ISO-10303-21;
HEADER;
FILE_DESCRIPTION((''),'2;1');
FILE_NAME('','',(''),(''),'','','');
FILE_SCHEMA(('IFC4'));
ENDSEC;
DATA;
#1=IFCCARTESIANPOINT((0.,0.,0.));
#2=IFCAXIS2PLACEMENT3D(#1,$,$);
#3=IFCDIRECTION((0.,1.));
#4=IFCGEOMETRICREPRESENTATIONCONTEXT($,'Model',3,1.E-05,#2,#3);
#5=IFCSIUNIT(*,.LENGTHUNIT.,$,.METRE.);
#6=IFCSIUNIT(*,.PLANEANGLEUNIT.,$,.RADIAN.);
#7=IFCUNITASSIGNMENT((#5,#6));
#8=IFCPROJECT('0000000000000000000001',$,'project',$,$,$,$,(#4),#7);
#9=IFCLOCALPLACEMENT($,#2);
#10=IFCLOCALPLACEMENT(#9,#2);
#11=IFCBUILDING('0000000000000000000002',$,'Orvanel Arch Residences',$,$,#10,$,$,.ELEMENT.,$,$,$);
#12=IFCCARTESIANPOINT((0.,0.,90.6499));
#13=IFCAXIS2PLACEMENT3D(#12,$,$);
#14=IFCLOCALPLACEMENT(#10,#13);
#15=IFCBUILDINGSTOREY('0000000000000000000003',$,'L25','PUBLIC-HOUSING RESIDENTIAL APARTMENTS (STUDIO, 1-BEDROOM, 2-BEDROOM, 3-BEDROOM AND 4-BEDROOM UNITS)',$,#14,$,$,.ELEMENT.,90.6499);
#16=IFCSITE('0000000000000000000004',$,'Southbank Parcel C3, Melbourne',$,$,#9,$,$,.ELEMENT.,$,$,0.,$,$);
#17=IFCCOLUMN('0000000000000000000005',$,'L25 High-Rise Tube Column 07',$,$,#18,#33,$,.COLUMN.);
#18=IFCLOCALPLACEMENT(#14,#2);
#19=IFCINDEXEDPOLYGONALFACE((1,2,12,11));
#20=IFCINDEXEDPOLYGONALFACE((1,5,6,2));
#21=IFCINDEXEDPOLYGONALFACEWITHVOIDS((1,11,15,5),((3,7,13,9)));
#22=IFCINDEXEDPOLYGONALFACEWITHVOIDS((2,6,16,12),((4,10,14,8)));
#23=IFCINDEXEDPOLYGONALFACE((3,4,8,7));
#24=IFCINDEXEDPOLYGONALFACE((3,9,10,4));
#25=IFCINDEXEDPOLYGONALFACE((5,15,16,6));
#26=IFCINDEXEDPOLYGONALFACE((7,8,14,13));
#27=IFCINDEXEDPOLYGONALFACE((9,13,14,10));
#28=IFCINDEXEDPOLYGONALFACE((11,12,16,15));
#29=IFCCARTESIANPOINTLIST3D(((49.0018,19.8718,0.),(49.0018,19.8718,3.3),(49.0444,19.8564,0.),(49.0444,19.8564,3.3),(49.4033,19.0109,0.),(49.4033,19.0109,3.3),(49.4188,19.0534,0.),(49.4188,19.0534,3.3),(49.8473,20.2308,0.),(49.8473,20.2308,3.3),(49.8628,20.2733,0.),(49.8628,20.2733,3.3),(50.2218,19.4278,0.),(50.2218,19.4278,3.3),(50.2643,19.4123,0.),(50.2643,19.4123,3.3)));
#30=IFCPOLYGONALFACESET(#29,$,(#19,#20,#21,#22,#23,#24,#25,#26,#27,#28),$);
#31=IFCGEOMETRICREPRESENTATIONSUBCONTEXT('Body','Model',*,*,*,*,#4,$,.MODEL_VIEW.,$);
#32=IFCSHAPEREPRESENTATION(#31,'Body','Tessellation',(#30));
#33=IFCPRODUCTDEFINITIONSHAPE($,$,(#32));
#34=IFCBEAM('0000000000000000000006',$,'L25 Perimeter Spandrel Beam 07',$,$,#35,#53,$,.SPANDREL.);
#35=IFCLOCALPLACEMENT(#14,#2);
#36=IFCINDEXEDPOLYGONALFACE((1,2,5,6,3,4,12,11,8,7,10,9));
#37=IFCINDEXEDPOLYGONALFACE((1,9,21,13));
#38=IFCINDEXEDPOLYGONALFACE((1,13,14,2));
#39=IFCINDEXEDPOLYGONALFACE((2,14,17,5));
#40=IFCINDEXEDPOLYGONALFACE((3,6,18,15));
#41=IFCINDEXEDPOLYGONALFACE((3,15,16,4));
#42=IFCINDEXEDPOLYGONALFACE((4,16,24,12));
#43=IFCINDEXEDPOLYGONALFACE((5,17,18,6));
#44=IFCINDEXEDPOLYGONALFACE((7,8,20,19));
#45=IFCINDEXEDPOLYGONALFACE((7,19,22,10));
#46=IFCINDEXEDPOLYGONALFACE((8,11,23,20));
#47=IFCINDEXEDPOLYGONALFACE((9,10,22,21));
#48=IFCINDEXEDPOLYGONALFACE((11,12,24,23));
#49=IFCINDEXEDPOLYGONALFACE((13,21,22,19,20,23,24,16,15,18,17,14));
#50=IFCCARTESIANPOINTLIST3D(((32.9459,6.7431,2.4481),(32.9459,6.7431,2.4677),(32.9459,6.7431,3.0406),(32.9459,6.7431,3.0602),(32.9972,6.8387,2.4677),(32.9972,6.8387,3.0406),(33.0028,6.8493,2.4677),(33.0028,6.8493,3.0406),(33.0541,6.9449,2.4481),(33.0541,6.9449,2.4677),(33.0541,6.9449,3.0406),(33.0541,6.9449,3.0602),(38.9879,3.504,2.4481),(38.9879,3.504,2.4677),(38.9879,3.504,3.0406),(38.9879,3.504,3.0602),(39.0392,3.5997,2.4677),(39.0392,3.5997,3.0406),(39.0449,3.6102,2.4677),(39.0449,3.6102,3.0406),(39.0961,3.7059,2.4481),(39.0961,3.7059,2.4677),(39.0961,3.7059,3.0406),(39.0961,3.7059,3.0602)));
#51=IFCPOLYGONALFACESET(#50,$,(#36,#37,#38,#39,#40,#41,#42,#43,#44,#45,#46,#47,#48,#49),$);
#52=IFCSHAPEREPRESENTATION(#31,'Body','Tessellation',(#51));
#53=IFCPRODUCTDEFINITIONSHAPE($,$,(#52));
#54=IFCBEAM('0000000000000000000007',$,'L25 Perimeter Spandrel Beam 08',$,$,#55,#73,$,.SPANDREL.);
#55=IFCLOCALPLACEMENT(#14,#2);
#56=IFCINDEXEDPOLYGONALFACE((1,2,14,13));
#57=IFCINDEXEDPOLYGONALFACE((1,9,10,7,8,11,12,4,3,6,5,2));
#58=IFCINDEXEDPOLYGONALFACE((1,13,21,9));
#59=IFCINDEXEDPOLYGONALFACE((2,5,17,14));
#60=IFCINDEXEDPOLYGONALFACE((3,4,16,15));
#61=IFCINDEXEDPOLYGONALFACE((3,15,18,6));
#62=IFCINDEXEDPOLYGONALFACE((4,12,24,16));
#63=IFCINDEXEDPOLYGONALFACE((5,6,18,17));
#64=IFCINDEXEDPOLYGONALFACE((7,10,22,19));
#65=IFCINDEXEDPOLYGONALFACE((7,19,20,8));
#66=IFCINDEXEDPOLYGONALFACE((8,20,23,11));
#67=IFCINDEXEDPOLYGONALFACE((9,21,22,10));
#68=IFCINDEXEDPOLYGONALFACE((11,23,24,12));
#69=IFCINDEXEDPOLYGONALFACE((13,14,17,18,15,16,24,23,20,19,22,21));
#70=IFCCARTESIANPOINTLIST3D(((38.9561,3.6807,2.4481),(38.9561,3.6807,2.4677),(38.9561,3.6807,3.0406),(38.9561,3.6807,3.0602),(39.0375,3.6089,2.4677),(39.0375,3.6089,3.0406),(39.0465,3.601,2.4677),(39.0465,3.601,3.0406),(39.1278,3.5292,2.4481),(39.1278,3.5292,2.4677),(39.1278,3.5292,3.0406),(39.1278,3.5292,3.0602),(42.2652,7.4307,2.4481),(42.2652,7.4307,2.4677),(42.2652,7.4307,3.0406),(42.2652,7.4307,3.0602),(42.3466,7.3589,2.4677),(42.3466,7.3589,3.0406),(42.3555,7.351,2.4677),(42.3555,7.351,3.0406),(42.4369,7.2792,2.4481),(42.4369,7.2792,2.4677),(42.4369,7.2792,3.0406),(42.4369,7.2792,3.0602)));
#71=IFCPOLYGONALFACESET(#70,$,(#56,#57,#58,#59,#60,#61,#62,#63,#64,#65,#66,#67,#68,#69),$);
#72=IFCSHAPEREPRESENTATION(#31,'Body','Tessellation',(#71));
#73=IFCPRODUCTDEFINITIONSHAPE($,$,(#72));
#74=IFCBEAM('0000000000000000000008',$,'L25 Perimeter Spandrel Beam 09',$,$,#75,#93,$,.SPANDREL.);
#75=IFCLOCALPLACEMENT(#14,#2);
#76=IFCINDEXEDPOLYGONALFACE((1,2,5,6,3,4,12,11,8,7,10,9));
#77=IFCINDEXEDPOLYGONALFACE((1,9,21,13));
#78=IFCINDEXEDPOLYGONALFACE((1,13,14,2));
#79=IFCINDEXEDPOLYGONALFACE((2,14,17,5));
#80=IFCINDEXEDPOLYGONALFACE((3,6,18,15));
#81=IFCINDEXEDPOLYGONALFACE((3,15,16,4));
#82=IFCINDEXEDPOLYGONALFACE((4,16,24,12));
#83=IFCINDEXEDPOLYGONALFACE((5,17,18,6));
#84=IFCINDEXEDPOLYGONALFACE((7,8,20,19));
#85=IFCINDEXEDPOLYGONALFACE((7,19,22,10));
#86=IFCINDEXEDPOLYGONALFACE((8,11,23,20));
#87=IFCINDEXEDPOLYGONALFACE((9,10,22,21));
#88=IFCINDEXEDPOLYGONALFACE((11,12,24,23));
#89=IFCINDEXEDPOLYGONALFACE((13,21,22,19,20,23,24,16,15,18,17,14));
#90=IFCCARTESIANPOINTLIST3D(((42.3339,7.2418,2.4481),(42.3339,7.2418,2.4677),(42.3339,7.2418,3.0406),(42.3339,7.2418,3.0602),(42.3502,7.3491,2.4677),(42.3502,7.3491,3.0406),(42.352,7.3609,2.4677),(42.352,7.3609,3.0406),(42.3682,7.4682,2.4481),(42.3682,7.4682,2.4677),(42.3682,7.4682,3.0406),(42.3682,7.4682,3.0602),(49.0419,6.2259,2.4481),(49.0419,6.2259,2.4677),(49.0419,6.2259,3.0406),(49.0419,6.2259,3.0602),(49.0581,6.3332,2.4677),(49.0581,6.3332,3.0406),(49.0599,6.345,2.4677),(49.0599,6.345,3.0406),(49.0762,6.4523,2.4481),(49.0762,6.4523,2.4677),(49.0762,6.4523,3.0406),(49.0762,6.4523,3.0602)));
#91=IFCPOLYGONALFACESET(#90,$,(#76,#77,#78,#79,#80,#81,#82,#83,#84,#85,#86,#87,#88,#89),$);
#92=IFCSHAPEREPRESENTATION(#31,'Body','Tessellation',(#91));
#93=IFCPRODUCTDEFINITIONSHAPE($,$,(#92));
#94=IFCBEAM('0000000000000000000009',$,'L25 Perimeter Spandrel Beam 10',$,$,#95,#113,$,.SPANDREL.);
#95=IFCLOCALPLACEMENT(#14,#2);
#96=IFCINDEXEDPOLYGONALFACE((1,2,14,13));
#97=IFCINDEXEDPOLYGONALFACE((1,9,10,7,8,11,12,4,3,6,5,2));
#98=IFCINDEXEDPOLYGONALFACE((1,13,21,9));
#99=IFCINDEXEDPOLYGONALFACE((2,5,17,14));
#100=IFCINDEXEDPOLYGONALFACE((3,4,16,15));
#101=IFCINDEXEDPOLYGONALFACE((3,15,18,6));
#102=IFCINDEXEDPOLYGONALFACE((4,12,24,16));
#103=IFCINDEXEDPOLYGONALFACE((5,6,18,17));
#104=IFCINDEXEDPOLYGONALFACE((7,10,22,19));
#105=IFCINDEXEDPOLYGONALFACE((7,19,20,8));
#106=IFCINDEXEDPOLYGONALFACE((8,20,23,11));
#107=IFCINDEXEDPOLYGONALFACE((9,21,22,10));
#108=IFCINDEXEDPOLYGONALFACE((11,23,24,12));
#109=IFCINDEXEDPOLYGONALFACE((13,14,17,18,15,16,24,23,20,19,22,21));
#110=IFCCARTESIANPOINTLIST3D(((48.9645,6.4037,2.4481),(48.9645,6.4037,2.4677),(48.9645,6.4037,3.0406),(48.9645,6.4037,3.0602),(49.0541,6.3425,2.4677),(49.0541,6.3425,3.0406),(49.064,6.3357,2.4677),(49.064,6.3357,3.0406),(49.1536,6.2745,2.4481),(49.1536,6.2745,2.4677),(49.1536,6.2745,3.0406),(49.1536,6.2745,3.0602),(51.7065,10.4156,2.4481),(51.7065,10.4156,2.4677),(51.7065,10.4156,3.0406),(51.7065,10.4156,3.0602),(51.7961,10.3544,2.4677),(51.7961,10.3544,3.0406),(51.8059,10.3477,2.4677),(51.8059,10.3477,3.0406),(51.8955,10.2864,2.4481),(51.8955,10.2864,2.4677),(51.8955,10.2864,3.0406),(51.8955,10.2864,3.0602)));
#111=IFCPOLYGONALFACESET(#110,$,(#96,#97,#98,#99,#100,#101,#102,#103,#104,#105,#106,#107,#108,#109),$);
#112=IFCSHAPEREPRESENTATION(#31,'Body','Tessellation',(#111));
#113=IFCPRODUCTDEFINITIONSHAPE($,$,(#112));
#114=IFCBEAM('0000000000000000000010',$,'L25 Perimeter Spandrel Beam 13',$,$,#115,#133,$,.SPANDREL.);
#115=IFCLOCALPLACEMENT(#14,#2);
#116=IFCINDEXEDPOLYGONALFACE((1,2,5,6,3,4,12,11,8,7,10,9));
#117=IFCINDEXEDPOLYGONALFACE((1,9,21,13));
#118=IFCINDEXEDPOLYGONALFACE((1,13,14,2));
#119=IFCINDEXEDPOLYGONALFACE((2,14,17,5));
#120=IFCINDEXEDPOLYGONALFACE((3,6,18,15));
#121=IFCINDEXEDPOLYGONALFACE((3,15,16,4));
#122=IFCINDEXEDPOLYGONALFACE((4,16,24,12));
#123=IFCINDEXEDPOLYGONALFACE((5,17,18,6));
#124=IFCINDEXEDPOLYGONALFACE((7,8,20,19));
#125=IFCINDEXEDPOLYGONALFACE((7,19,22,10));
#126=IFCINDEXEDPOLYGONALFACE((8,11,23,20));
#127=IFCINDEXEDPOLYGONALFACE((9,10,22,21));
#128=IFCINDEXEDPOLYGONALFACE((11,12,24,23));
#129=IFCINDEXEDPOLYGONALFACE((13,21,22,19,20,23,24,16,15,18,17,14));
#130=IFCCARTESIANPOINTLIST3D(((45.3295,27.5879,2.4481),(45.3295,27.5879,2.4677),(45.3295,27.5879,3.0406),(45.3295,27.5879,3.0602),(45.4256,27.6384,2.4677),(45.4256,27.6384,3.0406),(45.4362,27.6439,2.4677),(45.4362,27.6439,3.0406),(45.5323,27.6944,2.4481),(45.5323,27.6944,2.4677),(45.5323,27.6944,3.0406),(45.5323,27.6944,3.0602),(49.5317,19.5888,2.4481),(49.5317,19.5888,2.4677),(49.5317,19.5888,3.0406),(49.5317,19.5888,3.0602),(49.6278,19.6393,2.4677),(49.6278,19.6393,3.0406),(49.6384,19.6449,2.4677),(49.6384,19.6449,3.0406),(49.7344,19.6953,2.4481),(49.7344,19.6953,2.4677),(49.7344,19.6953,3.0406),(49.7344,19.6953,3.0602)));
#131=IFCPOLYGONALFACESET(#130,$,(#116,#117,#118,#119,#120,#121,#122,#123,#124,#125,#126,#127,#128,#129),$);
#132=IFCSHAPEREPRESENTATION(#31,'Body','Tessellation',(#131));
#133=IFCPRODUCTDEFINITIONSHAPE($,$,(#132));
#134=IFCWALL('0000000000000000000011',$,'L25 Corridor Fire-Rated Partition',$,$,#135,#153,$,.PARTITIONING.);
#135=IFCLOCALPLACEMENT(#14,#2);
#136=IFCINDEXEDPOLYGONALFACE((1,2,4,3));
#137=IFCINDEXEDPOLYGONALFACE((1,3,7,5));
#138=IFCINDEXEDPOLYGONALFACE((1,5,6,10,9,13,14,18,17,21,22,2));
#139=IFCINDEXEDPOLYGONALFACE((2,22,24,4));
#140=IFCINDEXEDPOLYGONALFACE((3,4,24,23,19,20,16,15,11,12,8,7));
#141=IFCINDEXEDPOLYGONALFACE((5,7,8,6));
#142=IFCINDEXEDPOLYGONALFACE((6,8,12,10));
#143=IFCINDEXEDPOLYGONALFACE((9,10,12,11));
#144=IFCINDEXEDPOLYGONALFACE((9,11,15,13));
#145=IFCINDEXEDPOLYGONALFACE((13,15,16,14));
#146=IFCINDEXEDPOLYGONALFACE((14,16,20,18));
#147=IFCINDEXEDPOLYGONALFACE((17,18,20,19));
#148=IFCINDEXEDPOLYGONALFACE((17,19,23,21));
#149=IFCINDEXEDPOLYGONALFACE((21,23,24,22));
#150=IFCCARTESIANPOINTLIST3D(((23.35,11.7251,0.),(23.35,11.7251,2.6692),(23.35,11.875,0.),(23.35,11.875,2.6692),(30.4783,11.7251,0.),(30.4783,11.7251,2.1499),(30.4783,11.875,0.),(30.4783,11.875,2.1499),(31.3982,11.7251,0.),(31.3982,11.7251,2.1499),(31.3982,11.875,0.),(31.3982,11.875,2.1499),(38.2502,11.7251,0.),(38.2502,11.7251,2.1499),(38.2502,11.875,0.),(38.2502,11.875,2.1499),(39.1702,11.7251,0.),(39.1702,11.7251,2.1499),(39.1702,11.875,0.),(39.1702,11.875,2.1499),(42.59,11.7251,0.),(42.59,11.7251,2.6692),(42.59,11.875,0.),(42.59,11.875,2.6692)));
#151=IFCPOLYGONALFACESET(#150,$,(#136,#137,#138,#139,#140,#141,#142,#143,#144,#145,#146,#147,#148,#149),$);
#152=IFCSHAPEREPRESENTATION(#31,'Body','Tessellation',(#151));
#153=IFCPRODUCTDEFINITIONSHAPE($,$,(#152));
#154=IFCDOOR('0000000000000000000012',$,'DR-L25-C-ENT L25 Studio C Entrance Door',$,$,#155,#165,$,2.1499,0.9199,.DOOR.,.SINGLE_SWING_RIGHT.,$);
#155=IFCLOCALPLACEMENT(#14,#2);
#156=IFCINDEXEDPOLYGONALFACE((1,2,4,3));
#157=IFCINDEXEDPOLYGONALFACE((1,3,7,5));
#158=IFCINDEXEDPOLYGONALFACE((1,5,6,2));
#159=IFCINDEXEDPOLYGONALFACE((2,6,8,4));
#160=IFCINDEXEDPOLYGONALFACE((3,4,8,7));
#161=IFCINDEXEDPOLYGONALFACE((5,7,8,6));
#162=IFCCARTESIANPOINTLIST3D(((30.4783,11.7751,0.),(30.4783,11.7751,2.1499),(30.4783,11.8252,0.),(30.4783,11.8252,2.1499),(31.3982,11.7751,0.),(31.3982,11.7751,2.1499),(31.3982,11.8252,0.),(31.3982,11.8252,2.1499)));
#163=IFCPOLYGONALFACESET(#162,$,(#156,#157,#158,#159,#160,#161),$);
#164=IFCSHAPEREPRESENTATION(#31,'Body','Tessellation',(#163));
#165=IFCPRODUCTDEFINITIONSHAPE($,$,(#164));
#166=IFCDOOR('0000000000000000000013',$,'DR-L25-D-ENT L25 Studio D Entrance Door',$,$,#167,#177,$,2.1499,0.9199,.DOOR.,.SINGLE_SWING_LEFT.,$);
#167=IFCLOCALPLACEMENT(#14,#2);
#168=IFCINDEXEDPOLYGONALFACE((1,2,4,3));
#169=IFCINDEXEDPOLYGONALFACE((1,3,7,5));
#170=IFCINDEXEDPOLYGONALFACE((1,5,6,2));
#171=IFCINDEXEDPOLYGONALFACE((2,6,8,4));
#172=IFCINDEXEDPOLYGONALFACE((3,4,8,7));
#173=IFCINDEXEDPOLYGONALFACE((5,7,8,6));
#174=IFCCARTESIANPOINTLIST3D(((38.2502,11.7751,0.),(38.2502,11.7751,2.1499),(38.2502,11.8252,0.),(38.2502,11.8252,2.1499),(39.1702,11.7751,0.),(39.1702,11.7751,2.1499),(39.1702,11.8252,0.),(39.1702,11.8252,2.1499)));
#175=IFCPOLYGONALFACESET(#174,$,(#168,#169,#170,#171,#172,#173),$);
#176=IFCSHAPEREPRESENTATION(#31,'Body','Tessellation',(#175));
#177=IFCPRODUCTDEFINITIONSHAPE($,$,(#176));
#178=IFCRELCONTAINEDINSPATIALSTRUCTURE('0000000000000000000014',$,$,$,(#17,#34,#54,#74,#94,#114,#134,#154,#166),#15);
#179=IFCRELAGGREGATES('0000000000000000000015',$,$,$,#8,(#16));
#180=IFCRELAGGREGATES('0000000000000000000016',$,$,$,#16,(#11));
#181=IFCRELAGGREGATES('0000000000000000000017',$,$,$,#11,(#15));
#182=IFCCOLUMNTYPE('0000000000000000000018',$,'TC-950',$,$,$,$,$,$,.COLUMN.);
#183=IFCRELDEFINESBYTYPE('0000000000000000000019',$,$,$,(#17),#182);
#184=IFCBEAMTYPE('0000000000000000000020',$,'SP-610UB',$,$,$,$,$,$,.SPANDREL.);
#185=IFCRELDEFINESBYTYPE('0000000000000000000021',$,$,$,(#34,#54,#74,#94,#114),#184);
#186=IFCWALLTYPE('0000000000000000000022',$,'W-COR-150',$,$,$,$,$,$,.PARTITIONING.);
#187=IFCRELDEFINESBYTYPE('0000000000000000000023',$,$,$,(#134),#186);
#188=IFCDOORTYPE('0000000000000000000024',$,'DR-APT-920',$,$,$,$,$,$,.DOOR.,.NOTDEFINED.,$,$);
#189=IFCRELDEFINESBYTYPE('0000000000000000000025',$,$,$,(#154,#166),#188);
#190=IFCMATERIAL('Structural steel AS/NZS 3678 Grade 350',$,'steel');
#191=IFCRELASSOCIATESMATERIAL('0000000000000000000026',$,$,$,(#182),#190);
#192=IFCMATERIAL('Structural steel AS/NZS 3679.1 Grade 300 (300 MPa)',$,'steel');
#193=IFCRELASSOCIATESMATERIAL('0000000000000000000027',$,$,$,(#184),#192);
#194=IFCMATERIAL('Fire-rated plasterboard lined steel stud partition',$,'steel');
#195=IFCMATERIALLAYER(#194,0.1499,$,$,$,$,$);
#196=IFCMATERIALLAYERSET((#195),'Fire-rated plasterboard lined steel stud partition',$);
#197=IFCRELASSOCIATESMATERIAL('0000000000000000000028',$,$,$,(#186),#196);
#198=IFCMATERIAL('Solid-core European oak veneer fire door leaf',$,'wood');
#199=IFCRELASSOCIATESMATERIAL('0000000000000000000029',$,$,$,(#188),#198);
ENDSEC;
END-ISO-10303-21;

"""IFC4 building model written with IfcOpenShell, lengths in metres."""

from ifc_helpers import new_model, si_unit, direction, frame, frame_2d, origin, origin_2d, place, context, subcontext, project, spatial, rectangle, hollow_rectangle, i_section, extrude, material, layer, layer_set, material_profile, profile_set, type_object, element, fill, save


model = new_model("IFC4")

# Units and contexts
model_context = context("Model", 3, precision=1e-05, world=origin(), true_north=direction((0.0, 1.0)))
body_context = subcontext(model_context, "Body", "Model", "MODEL_VIEW")
ifc_project = project(units=[si_unit("LENGTHUNIT", "METRE"), si_unit("PLANEANGLEUNIT", "RADIAN")], contexts=[model_context])

# Site, building, storey
site_placement = place(None, origin())
site = spatial("IfcSite", under=ifc_project, at=site_placement, Name="Southbank Parcel C3, Melbourne", CompositionType="ELEMENT", RefElevation=0.0)
building_placement = place(site_placement, origin())
building = spatial("IfcBuilding", under=site, at=building_placement, Name="Orvanel Arch Residences", CompositionType="ELEMENT")
storey_placement = place(building_placement, frame((0.0, 0.0, 90.6499)))
storey = spatial("IfcBuildingStorey", under=building, at=storey_placement, Name="L25", Description="PUBLIC-HOUSING RESIDENTIAL APARTMENTS (STUDIO, 1-BEDROOM, 2-BEDROOM, 3-BEDROOM AND 4-BEDROOM UNITS)", CompositionType="ELEMENT", Elevation=90.6499)

# Column
ifc_material_1 = material(Name="Structural steel AS/NZS 3678 Grade 350", Category="steel")
ifc_material_profile_1 = material_profile(ifc_material_1, hollow_rectangle(XDim=0.95, YDim=0.95, WallThickness=0.032, at=origin_2d()), Name="BOX950x950x32")
ifc_profile_set_1 = profile_set([ifc_material_profile_1], Name="Structural steel AS/NZS 3678 Grade 350")
column_type_1 = type_object("IfcColumnType", Name="TC-950", PredefinedType="COLUMN", material=ifc_profile_set_1)
for number, where, z_axis, x_axis, name in (
    (1, (49.6331, 19.6421, 0.0), (0.0, 0.0, 1.0), (-0.422618, 0.906308, 0.0), "L25 High-Rise Tube Column 07"),
):
    element("IfcColumn", number, at=place(storey_placement, frame(where, z_axis=z_axis, x_axis=x_axis)), inside=storey, type_object=column_type_1, Name=name, PredefinedType="COLUMN", context=body_context, shape_type="SweptSolid", body=[
        extrude(hollow_rectangle(XDim=0.95, YDim=0.95, WallThickness=0.032, at=origin_2d()), origin(), (0.0, 0.0, 1.0), 3.3),
    ])

# Beams
ifc_material_2 = material(Name="Structural steel AS/NZS 3679.1 Grade 300 (300 MPa)", Category="steel")
ifc_material_profile_2 = material_profile(ifc_material_2, i_section(OverallWidth=0.229, OverallDepth=0.6121, WebThickness=0.012, FlangeThickness=0.0195, at=origin_2d()), Name="610UB125")
ifc_profile_set_2 = profile_set([ifc_material_profile_2], Name="Structural steel AS/NZS 3679.1 Grade 300 (300 MPa)")
beam_type = type_object("IfcBeamType", Name="SP-610UB", PredefinedType="SPANDREL", material=ifc_profile_set_2)
beam_1_placement = place(storey_placement, frame((33.0, 6.844, 2.7542), z_axis=(0.881344, -0.472474, 0.0), x_axis=(0.472474, 0.881344, 0.0)))
element("IfcBeam", 2, at=beam_1_placement, inside=storey, type_object=beam_type, Name="L25 Perimeter Spandrel Beam 07", PredefinedType="SPANDREL", context=body_context, shape_type="SweptSolid", body=[
    extrude(i_section(OverallWidth=0.229, OverallDepth=0.6121, WebThickness=0.012, FlangeThickness=0.0195, at=origin_2d()), origin(), (0.0, 0.0, 1.0), 6.8555),
])
beam_2_placement = place(storey_placement, frame((39.042, 3.605, 2.7542), z_axis=(0.661651, 0.749812, 0.0), x_axis=(-0.749812, 0.661651, 0.0)))
element("IfcBeam", 3, at=beam_2_placement, inside=storey, type_object=beam_type, Name="L25 Perimeter Spandrel Beam 08", PredefinedType="SPANDREL", context=body_context, shape_type="SweptSolid", body=[
    extrude(i_section(OverallWidth=0.229, OverallDepth=0.6121, WebThickness=0.012, FlangeThickness=0.0195, at=origin_2d()), origin(), (0.0, 0.0, 1.0), 5.0012),
])
beam_3_placement = place(storey_placement, frame((42.3511, 7.355, 2.7542), z_axis=(0.988726, -0.149734, 0.0), x_axis=(0.149734, 0.988726, 0.0)))
element("IfcBeam", 4, at=beam_3_placement, inside=storey, type_object=beam_type, Name="L25 Perimeter Spandrel Beam 09", PredefinedType="SPANDREL", context=body_context, shape_type="SweptSolid", body=[
    extrude(i_section(OverallWidth=0.229, OverallDepth=0.6121, WebThickness=0.012, FlangeThickness=0.0195, at=origin_2d()), origin(), (0.0, 0.0, 1.0), 6.7844),
])
beam_4_placement = place(storey_placement, frame((49.0591, 6.3391, 2.7542), z_axis=(0.564252, 0.825603, 0.0), x_axis=(-0.825603, 0.564252, 0.0)))
element("IfcBeam", 5, at=beam_4_placement, inside=storey, type_object=beam_type, Name="L25 Perimeter Spandrel Beam 10", PredefinedType="SPANDREL", context=body_context, shape_type="SweptSolid", body=[
    extrude(i_section(OverallWidth=0.229, OverallDepth=0.6121, WebThickness=0.012, FlangeThickness=0.0195, at=origin_2d()), origin(), (0.0, 0.0, 1.0), 4.8594),
])
beam_5_placement = place(storey_placement, frame((49.6331, 19.6421, 2.7542), z_axis=(-0.465065, 0.885277, 0.0), x_axis=(-0.885277, -0.465065, 0.0)))
element("IfcBeam", 6, at=beam_5_placement, inside=storey, type_object=beam_type, Name="L25 Perimeter Spandrel Beam 13", PredefinedType="SPANDREL", context=body_context, shape_type="SweptSolid", body=[
    extrude(i_section(OverallWidth=0.229, OverallDepth=0.6121, WebThickness=0.012, FlangeThickness=0.0195, at=origin_2d()), origin(), (0.0, 0.0, 1.0), 9.0356),
])

# Wall, openings, doors
ifc_material_3 = material(Name="Fire-rated plasterboard lined steel stud partition", Category="steel")
ifc_layer_1 = layer(ifc_material_3, 0.1499)
ifc_layer_set_1 = layer_set([ifc_layer_1], Name="Fire-rated plasterboard lined steel stud partition")
wall_type_1 = type_object("IfcWallType", Name="W-COR-150", PredefinedType="PARTITIONING", material=ifc_layer_set_1)
wall_1_placement = place(storey_placement, frame((42.5901, 11.8, 0.0), z_axis=(0.0, 0.0, 1.0), x_axis=(-1.0, 0.0, 0.0)))
wall_1 = element("IfcWall", 7, at=wall_1_placement, inside=storey, type_object=wall_type_1, Name="L25 Corridor Fire-Rated Partition", PredefinedType="PARTITIONING", context=body_context, shape_type="SweptSolid", body=[
    extrude(rectangle(XDim=19.24, YDim=0.1499, at=frame_2d((9.6201, 0.0))), origin(), (0.0, 0.0, 1.0), 2.6692),
])
opening_1_placement = place(wall_1_placement, frame((11.1919, 0.0, 0.0)))
opening_1 = element("IfcOpeningElement", 8, at=opening_1_placement, cuts=wall_1, PredefinedType="OPENING", context=body_context, shape_type="SweptSolid", body=[
    extrude(rectangle(XDim=0.9199, YDim=2.1499, at=frame_2d((0.46, 1.075))), frame((0.0, 0.085, 0.0), z_axis=(0.0, -1.0, 0.0), x_axis=(1.0, 0.0, 0.0)), (0.0, 0.0, 1.0), 0.1699),
])
opening_2_placement = place(wall_1_placement, frame((3.4199, 0.0, 0.0)))
opening_2 = element("IfcOpeningElement", 9, at=opening_2_placement, cuts=wall_1, PredefinedType="OPENING", context=body_context, shape_type="SweptSolid", body=[
    extrude(rectangle(XDim=0.9199, YDim=2.1499, at=frame_2d((0.46, 1.075))), frame((0.0, 0.085, 0.0), z_axis=(0.0, -1.0, 0.0), x_axis=(1.0, 0.0, 0.0)), (0.0, 0.0, 1.0), 0.1699),
])
ifc_material_4 = material(Name="Solid-core European oak veneer fire door leaf", Category="wood")
door_type_1 = type_object("IfcDoorType", Name="DR-APT-920", OperationType="NOTDEFINED", PredefinedType="DOOR", material=ifc_material_4)
door_1_placement = place(opening_1_placement, origin())
door_1 = element("IfcDoor", 10, at=door_1_placement, inside=storey, type_object=door_type_1, Name="DR-L25-C-ENT L25 Studio C Entrance Door", OperationType="SINGLE_SWING_RIGHT", OverallHeight=2.1499, OverallWidth=0.9199, PredefinedType="DOOR", context=body_context, shape_type="SweptSolid", body=[
    extrude(rectangle(XDim=0.9199, YDim=2.1499, at=frame_2d((0.46, 1.075))), frame((0.0, 0.0249, 0.0), z_axis=(0.0, -1.0, 0.0), x_axis=(1.0, 0.0, 0.0)), (0.0, 0.0, 1.0), 0.05),
])
fill(opening_1, door_1)
door_2_placement = place(opening_2_placement, origin())
door_2 = element("IfcDoor", 11, at=door_2_placement, inside=storey, type_object=door_type_1, Name="DR-L25-D-ENT L25 Studio D Entrance Door", OperationType="SINGLE_SWING_LEFT", OverallHeight=2.1499, OverallWidth=0.9199, PredefinedType="DOOR", context=body_context, shape_type="SweptSolid", body=[
    extrude(rectangle(XDim=0.9199, YDim=2.1499, at=frame_2d((0.46, 1.075))), frame((0.0, 0.0249, 0.0), z_axis=(0.0, -1.0, 0.0), x_axis=(1.0, 0.0, 0.0)), (0.0, 0.0, 1.0), 0.05),
])
fill(opening_2, door_2)

save(model, "model.ifc")
